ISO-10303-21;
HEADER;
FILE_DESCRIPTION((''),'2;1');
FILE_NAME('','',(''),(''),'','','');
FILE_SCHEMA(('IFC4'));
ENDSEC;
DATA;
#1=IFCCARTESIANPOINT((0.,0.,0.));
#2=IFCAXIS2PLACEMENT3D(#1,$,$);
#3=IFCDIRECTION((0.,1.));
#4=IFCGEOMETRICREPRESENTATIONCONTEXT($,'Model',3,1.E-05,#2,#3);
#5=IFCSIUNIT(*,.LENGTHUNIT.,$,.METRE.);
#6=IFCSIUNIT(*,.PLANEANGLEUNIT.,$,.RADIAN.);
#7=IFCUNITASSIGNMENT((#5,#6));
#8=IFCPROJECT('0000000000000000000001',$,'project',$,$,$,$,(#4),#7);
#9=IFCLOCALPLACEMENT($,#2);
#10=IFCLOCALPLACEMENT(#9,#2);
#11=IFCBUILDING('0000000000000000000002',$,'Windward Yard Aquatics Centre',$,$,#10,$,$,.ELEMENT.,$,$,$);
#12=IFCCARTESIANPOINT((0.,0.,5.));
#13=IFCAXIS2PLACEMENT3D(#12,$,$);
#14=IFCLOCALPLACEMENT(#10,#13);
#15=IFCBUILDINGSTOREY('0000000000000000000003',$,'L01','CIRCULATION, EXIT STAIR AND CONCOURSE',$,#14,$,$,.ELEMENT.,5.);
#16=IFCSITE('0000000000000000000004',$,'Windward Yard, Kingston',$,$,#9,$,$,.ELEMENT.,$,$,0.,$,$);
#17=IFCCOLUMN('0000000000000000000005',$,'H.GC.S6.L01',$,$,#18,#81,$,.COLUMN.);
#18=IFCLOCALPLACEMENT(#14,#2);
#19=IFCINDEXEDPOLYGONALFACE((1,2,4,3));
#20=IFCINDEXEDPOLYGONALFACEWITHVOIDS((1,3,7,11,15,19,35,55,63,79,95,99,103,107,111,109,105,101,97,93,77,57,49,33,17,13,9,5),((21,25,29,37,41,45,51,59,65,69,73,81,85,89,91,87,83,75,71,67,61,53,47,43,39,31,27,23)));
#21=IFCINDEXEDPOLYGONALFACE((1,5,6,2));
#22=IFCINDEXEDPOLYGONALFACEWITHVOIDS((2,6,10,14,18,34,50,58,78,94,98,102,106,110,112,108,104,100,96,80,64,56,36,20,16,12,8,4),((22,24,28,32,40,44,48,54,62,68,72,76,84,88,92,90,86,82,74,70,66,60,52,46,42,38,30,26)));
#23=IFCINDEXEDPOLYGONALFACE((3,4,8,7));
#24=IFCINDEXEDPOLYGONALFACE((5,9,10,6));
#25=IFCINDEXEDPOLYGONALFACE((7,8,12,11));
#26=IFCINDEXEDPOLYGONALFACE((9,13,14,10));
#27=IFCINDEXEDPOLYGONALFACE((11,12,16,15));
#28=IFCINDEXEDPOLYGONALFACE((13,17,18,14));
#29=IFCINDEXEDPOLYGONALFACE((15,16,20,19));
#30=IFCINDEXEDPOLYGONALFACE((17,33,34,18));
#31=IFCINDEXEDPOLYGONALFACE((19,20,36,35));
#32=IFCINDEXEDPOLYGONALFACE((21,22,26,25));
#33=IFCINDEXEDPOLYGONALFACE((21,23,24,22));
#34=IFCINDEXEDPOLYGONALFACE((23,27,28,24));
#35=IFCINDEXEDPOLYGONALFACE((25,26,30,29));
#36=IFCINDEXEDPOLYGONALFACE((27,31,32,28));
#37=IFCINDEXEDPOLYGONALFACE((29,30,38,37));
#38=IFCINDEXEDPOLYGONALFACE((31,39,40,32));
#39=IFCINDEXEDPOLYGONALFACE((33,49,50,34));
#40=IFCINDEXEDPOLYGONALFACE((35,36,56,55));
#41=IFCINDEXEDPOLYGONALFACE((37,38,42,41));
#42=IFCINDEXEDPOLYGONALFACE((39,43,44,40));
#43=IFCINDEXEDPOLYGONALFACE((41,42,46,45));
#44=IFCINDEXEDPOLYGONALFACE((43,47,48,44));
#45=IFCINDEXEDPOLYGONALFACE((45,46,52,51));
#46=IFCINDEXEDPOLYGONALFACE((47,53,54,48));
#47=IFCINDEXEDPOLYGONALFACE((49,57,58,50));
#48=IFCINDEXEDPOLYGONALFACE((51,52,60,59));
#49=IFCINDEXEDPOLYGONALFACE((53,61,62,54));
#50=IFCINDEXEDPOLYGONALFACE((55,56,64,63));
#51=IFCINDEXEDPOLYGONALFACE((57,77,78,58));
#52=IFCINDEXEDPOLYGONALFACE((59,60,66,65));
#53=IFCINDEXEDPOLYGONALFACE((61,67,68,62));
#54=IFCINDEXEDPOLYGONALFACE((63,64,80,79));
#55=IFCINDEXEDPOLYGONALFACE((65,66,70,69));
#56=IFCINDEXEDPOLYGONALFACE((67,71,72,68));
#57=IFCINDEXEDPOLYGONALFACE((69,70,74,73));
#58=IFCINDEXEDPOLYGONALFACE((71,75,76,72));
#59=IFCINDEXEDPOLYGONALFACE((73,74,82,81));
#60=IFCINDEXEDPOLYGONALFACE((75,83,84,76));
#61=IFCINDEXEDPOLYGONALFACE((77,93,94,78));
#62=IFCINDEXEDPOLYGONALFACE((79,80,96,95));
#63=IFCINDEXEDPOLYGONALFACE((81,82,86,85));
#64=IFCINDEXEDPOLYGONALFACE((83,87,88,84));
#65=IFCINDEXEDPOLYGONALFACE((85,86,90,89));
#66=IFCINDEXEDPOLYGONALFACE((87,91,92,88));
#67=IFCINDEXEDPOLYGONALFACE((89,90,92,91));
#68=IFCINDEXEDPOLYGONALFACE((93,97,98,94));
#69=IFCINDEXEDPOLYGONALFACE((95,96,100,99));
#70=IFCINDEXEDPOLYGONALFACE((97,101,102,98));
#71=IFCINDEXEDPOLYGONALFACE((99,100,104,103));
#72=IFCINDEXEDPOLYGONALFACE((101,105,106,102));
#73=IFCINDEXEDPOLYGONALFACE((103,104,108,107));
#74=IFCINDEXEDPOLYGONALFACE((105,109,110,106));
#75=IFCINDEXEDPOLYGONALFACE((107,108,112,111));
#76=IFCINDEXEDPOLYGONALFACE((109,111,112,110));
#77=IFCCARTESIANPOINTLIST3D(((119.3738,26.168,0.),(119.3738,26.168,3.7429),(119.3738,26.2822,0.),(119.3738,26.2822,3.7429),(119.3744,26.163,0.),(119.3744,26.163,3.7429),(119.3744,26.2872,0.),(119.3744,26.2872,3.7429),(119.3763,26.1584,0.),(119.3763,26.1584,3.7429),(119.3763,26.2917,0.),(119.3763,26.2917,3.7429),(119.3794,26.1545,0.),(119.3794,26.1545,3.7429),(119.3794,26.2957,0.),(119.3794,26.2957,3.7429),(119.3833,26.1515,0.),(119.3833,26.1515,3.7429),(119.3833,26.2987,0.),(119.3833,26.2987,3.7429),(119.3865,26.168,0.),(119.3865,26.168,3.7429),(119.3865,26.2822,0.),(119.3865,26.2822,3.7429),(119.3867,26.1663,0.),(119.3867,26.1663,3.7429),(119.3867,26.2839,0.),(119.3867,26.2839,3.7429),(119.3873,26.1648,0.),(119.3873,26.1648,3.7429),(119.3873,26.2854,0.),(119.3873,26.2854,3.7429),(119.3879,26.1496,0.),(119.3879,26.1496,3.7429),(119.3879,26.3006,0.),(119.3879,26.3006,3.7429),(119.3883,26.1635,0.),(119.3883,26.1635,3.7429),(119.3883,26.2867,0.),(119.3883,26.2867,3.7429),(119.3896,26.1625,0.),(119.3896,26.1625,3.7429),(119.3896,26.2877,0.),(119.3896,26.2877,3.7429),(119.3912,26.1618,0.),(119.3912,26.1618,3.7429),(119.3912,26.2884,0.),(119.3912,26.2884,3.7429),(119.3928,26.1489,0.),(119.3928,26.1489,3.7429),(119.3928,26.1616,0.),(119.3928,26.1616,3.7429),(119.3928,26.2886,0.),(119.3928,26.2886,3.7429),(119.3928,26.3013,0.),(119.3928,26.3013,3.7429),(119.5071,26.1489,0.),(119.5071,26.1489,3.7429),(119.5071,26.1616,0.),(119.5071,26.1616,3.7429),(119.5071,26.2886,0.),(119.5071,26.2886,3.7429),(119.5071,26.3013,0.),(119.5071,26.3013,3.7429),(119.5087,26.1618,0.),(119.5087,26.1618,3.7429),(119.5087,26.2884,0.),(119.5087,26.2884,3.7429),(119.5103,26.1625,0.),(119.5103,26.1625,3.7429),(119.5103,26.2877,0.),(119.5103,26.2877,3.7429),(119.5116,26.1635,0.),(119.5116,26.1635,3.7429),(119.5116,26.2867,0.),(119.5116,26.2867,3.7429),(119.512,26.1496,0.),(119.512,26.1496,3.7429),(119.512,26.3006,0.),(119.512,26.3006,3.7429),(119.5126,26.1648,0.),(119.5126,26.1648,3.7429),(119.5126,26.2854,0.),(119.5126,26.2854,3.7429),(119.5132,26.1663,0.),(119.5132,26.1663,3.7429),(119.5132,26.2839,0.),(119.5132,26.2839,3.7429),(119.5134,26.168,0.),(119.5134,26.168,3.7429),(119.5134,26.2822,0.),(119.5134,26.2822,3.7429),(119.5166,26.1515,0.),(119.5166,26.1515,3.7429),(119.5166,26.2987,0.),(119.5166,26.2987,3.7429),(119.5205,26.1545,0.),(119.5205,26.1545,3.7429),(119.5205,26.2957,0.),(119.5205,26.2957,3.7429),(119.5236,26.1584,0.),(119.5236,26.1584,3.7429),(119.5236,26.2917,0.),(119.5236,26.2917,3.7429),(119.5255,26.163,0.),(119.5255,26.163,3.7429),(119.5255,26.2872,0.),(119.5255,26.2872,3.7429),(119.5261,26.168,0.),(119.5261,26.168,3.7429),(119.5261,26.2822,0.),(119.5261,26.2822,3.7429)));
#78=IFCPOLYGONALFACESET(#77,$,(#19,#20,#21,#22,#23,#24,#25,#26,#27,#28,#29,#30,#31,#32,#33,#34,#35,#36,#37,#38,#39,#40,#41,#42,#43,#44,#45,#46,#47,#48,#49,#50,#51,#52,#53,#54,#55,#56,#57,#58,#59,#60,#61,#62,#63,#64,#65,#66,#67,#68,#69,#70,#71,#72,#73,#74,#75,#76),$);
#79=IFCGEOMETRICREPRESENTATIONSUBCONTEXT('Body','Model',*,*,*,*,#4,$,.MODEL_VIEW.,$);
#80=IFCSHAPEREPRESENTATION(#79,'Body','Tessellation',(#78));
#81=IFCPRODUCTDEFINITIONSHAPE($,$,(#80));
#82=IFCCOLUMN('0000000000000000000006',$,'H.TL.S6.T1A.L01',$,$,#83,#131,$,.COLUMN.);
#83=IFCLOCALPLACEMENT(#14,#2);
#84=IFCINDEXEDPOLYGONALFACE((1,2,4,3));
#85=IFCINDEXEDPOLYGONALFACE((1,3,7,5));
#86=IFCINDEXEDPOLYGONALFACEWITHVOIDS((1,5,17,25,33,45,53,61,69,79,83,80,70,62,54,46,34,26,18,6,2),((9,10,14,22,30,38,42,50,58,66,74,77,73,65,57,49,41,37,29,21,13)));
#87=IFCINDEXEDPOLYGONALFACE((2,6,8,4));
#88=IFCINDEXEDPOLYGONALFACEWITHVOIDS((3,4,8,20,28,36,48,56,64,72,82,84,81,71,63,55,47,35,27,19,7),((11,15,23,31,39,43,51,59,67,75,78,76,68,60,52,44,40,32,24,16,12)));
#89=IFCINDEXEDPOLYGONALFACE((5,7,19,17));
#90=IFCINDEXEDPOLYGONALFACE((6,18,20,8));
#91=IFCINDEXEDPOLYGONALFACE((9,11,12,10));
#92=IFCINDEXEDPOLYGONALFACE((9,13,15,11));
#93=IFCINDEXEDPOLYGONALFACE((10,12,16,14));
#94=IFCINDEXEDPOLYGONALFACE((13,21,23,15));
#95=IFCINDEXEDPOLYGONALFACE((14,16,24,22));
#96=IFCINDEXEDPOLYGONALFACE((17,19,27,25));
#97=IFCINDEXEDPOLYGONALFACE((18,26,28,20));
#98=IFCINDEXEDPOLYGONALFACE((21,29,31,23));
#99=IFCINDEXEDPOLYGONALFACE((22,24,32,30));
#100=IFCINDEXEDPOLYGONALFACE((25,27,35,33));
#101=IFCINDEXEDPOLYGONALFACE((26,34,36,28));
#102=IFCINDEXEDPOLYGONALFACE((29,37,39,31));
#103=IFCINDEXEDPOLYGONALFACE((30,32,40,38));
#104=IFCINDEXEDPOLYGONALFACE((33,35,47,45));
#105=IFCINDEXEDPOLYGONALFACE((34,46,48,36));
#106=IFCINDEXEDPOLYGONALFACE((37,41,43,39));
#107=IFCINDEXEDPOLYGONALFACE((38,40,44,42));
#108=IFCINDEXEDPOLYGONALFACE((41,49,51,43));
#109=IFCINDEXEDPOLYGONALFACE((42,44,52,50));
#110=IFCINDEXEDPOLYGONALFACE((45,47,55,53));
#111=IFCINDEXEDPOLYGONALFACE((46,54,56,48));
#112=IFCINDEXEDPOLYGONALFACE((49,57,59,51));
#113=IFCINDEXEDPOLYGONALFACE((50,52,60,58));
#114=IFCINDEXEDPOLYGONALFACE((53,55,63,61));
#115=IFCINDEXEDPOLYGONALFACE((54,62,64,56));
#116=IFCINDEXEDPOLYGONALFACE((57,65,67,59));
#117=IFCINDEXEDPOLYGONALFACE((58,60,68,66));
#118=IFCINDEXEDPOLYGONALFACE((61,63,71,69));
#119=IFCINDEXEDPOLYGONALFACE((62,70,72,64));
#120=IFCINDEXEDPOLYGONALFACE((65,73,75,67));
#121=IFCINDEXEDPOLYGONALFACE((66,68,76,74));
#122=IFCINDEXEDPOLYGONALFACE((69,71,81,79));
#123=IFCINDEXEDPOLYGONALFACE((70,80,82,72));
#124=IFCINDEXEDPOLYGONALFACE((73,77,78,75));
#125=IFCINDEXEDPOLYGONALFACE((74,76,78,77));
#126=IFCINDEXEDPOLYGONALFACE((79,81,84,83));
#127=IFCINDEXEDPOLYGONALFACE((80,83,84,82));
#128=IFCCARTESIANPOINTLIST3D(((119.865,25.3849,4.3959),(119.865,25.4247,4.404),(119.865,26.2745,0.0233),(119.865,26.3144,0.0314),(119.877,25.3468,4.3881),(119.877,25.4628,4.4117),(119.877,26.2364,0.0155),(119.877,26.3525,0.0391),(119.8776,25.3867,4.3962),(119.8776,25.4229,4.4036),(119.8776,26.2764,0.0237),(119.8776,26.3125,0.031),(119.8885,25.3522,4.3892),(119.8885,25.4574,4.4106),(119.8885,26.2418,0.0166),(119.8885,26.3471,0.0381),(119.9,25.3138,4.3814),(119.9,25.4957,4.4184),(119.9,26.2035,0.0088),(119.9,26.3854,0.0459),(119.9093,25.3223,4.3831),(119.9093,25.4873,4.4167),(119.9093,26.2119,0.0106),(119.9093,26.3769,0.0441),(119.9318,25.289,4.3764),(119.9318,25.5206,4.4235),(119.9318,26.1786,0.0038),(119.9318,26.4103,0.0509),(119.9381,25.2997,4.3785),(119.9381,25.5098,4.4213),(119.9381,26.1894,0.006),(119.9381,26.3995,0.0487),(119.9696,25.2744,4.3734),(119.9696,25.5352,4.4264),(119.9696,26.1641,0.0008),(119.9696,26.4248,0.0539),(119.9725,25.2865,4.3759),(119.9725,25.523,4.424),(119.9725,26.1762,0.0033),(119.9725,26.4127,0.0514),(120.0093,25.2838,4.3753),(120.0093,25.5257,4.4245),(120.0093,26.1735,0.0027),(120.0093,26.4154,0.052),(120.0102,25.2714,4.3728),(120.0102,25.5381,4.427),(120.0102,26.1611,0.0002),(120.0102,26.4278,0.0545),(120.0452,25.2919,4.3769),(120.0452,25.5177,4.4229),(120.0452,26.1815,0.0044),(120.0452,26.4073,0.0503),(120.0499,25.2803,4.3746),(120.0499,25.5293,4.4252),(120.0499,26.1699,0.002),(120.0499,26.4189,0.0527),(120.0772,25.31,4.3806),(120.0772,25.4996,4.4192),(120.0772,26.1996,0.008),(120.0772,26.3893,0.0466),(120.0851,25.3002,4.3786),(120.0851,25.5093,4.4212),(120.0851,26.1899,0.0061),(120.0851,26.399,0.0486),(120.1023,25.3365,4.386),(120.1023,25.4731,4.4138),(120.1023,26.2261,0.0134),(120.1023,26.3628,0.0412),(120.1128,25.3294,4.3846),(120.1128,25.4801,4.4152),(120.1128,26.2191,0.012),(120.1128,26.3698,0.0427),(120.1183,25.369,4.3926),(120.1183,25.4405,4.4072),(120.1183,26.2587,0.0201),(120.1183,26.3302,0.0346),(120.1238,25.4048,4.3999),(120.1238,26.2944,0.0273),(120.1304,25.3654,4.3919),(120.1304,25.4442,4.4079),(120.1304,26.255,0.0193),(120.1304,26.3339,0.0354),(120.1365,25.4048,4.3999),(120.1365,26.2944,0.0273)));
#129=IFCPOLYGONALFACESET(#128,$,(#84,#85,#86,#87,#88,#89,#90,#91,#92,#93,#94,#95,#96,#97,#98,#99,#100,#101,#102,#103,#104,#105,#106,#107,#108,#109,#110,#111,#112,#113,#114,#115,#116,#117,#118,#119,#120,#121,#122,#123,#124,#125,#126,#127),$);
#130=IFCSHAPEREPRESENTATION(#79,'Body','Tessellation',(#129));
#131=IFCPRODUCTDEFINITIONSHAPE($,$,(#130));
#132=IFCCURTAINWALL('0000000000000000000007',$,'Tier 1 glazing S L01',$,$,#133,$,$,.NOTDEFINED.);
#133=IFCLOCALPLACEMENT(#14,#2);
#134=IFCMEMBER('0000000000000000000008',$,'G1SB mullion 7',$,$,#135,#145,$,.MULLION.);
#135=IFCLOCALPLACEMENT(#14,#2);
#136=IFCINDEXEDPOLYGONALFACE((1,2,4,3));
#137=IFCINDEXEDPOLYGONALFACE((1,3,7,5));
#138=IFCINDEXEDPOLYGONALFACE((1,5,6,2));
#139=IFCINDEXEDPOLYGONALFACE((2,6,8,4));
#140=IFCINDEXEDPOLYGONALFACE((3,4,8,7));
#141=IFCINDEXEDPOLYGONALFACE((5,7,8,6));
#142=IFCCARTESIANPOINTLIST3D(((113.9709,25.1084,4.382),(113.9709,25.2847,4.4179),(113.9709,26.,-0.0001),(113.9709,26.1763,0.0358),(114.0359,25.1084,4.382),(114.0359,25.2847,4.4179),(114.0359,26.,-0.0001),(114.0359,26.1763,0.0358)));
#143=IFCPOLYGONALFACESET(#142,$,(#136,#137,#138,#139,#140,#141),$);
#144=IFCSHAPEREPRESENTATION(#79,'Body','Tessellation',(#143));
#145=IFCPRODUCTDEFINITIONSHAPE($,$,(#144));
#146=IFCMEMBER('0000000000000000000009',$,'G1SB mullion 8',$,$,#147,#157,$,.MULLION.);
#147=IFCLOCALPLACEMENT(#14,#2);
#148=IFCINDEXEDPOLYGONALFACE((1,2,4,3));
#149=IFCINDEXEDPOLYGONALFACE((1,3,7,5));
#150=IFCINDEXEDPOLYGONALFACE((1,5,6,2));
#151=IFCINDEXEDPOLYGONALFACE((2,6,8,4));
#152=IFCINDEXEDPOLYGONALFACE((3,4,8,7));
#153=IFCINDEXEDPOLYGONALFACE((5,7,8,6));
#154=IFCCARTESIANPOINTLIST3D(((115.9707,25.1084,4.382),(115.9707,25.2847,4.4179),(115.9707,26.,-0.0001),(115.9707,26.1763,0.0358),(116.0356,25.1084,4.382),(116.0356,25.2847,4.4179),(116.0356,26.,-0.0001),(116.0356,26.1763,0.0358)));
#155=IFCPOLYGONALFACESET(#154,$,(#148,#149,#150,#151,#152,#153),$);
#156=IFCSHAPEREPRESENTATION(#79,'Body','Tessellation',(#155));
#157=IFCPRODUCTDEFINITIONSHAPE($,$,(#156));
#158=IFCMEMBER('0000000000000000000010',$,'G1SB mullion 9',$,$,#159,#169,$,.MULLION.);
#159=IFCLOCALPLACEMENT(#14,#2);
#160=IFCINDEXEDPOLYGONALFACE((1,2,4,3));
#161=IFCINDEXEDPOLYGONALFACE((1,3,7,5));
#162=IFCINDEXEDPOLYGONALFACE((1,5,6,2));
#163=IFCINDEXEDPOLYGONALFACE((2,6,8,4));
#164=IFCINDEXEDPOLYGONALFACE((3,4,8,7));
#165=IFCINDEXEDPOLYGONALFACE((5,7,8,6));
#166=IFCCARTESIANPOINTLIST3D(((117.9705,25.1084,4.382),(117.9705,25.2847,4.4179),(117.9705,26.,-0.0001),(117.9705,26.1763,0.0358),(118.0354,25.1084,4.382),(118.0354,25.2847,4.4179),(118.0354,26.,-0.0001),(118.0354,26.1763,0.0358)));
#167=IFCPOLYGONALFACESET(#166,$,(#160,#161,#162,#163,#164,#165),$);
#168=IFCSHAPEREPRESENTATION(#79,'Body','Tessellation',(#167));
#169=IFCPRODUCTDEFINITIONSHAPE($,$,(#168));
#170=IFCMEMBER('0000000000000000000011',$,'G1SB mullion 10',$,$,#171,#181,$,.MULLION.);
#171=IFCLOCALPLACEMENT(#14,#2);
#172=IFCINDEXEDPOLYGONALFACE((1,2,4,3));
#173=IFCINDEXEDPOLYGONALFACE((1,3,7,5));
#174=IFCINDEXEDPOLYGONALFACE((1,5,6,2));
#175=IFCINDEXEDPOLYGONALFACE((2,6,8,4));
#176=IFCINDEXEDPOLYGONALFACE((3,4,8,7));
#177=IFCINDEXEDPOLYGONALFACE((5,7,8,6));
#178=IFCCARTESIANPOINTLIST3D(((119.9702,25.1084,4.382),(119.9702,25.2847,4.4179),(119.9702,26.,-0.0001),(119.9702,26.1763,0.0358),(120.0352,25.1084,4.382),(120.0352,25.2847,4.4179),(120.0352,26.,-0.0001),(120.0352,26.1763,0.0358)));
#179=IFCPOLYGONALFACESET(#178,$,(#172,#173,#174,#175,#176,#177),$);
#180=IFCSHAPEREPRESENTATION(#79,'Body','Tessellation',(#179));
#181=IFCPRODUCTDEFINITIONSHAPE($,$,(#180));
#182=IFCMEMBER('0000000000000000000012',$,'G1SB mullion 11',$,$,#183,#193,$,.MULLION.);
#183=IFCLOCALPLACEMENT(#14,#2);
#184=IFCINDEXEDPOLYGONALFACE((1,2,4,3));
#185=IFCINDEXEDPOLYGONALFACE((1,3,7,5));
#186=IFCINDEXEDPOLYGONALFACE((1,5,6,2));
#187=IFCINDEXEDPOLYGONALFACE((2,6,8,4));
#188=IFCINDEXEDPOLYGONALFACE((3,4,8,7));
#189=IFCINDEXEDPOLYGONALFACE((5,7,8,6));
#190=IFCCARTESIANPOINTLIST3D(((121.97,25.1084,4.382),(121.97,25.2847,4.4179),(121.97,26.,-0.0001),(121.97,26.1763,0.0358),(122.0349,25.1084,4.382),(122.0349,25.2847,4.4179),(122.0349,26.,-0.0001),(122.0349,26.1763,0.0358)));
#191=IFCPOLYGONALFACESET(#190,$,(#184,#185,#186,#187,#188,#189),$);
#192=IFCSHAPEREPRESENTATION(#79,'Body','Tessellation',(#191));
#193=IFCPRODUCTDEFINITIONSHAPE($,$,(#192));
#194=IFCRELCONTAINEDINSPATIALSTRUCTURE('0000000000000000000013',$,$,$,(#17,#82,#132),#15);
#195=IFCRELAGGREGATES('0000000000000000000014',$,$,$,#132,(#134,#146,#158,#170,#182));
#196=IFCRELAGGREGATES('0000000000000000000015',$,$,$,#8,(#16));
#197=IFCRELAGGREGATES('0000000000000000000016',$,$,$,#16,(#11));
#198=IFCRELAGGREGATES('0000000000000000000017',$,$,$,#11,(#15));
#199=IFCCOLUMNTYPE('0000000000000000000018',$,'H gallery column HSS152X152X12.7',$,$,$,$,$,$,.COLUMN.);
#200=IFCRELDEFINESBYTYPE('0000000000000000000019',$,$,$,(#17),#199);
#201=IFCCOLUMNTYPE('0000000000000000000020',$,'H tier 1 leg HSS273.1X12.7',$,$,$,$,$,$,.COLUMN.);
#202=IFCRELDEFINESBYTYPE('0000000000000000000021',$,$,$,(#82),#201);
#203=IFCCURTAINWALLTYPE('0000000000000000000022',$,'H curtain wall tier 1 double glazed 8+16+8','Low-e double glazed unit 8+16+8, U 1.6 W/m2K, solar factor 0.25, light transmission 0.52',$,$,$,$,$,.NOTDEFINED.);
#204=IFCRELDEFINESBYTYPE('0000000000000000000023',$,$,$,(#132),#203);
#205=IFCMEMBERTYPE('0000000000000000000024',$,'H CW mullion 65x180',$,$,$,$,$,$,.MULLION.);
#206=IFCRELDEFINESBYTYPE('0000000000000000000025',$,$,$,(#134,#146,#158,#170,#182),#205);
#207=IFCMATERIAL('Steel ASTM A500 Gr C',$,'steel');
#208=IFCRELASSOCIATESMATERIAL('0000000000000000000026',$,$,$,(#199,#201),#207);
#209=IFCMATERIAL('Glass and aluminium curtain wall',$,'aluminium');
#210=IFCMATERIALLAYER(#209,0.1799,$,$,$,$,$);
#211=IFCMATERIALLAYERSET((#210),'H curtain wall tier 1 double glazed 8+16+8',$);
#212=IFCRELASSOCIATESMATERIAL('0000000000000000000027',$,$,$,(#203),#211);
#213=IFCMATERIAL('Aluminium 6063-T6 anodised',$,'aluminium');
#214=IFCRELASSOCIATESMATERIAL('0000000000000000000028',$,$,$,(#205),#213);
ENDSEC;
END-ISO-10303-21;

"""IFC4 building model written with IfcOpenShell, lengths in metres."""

from ifc_helpers import new_model, si_unit, direction, frame, origin, origin_2d, place, context, subcontext, project, spatial, rectangle, hollow_rectangle, hollow_circle, extrude, material, layer, layer_set, material_profile, profile_set, type_object, element, aggregate, save


model = new_model("IFC4")

# Units and contexts
model_context = context("Model", 3, precision=1e-05, world=origin(), true_north=direction((0.0, 1.0)))
body_context = subcontext(model_context, "Body", "Model", "MODEL_VIEW")
ifc_project = project(units=[si_unit("LENGTHUNIT", "METRE"), si_unit("PLANEANGLEUNIT", "RADIAN")], contexts=[model_context])

# Site, building, storey
site_placement = place(None, origin())
site = spatial("IfcSite", under=ifc_project, at=site_placement, Name="Windward Yard, Kingston", CompositionType="ELEMENT", RefElevation=0.0)
building_placement = place(site_placement, origin())
building = spatial("IfcBuilding", under=site, at=building_placement, Name="Windward Yard Aquatics Centre", CompositionType="ELEMENT")
storey_placement = place(building_placement, frame((0.0, 0.0, 5.0)))
storey = spatial("IfcBuildingStorey", under=building, at=storey_placement, Name="L01", Description="CIRCULATION, EXIT STAIR AND CONCOURSE", CompositionType="ELEMENT", Elevation=5.0)

# Columns
ifc_material_1 = material(Name="Steel ASTM A500 Gr C", Category="steel")
ifc_material_profile_1 = material_profile(ifc_material_1, hollow_rectangle(XDim=0.1523, YDim=0.1523, WallThickness=0.0127, InnerFilletRadius=0.0063, OuterFilletRadius=0.019, at=origin_2d()), Name="HSS152X152X12.7")
ifc_profile_set_1 = profile_set([ifc_material_profile_1], Name="Steel ASTM A500 Gr C")
column_type_1 = type_object("IfcColumnType", Name="H gallery column HSS152X152X12.7", PredefinedType="COLUMN", material=ifc_profile_set_1)
column_1_placement = place(storey_placement, frame((119.45, 26.2251, 0.0), z_axis=(0.0, 0.0, 1.0), x_axis=(1.0, 0.0, 0.0)))
element("IfcColumn", 1, at=column_1_placement, inside=storey, type_object=column_type_1, Name="H.GC.S6.L01", PredefinedType="COLUMN", context=body_context, shape_type="SweptSolid", body=[
    extrude(hollow_rectangle(XDim=0.1523, YDim=0.1523, WallThickness=0.0127, InnerFilletRadius=0.0063, OuterFilletRadius=0.019, at=origin_2d()), origin(), (0.0, 0.0, 1.0), 3.7429),
])
ifc_material_profile_2 = material_profile(ifc_material_1, hollow_circle(Radius=0.1365, WallThickness=0.0127, at=origin_2d()), Name="HSS273.1X12.7")
ifc_profile_set_2 = profile_set([ifc_material_profile_2], Name="Steel ASTM A500 Gr C")
column_type_2 = type_object("IfcColumnType", Name="H tier 1 leg HSS273.1X12.7", PredefinedType="COLUMN", material=ifc_profile_set_2)
column_2_placement = place(storey_placement, frame((120.0, 26.2944, 0.0273), z_axis=(0.0, -0.199377, 0.979923), x_axis=(1.0, 0.0, 0.0)))
element("IfcColumn", 2, at=column_2_placement, inside=storey, type_object=column_type_2, Name="H.TL.S6.T1A.L01", PredefinedType="COLUMN", context=body_context, shape_type="SweptSolid", body=[
    extrude(hollow_circle(Radius=0.1365, WallThickness=0.0127, at=origin_2d()), origin(), (0.0, 0.0, 1.0), 4.4622),
])

# Curtain wall, members
ifc_material_2 = material(Name="Glass and aluminium curtain wall", Category="aluminium")
ifc_layer_1 = layer(ifc_material_2, 0.1799)
ifc_layer_set_1 = layer_set([ifc_layer_1], Name="H curtain wall tier 1 double glazed 8+16+8")
curtain_wall_type = type_object("IfcCurtainWallType", Name="H curtain wall tier 1 double glazed 8+16+8", Description="Low-e double glazed unit 8+16+8, U 1.6 W/m2K, solar factor 0.25, light transmission 0.52", PredefinedType="NOTDEFINED", material=ifc_layer_set_1)
curtain_wall_placement = place(storey_placement, origin())
curtain_wall = element("IfcCurtainWall", 3, at=curtain_wall_placement, inside=storey, type_object=curtain_wall_type, Name="Tier 1 glazing S L01", PredefinedType="NOTDEFINED")
ifc_material_3 = material(Name="Aluminium 6063-T6 anodised", Category="aluminium")
ifc_material_profile_3 = material_profile(ifc_material_3, rectangle(XDim=0.0649, YDim=0.1799, at=origin_2d()), Name="H CW mullion 65x180")
ifc_profile_set_3 = profile_set([ifc_material_profile_3], Name="Aluminium 6063-T6 anodised")
member_type_1 = type_object("IfcMemberType", Name="H CW mullion 65x180", PredefinedType="MULLION", material=ifc_profile_set_3)
member_1_placement = place(storey_placement, frame((114.0034, 26.0881, 0.0178), z_axis=(0.0, -0.19938, 0.979922), x_axis=(1.0, 0.0, 0.0)))
member_1 = element("IfcMember", 4, at=member_1_placement, type_object=member_type_1, Name="G1SB mullion 7", PredefinedType="MULLION", context=body_context, shape_type="SweptSolid", body=[
    extrude(rectangle(XDim=0.0649, YDim=0.1799, at=origin_2d()), origin(), (0.0, 0.0, 1.0), 4.4719),
])
member_2_placement = place(storey_placement, frame((116.0032, 26.0881, 0.0178), z_axis=(0.0, -0.19938, 0.979922), x_axis=(1.0, 0.0, 0.0)))
member_2 = element("IfcMember", 5, at=member_2_placement, type_object=member_type_1, Name="G1SB mullion 8", PredefinedType="MULLION", context=body_context, shape_type="SweptSolid", body=[
    extrude(rectangle(XDim=0.0649, YDim=0.1799, at=origin_2d()), origin(), (0.0, 0.0, 1.0), 4.4719),
])
member_3_placement = place(storey_placement, frame((118.0029, 26.0881, 0.0178), z_axis=(0.0, -0.19938, 0.979922), x_axis=(1.0, 0.0, 0.0)))
member_3 = element("IfcMember", 6, at=member_3_placement, type_object=member_type_1, Name="G1SB mullion 9", PredefinedType="MULLION", context=body_context, shape_type="SweptSolid", body=[
    extrude(rectangle(XDim=0.0649, YDim=0.1799, at=origin_2d()), origin(), (0.0, 0.0, 1.0), 4.4719),
])
member_4_placement = place(storey_placement, frame((120.0027, 26.0881, 0.0178), z_axis=(0.0, -0.19938, 0.979922), x_axis=(1.0, 0.0, 0.0)))
member_4 = element("IfcMember", 7, at=member_4_placement, type_object=member_type_1, Name="G1SB mullion 10", PredefinedType="MULLION", context=body_context, shape_type="SweptSolid", body=[
    extrude(rectangle(XDim=0.0649, YDim=0.1799, at=origin_2d()), origin(), (0.0, 0.0, 1.0), 4.4719),
])
member_5_placement = place(storey_placement, frame((122.0024, 26.0881, 0.0178), z_axis=(0.0, -0.19938, 0.979922), x_axis=(1.0, 0.0, 0.0)))
member_5 = element("IfcMember", 8, at=member_5_placement, type_object=member_type_1, Name="G1SB mullion 11", PredefinedType="MULLION", context=body_context, shape_type="SweptSolid", body=[
    extrude(rectangle(XDim=0.0649, YDim=0.1799, at=origin_2d()), origin(), (0.0, 0.0, 1.0), 4.4719),
])
aggregate(curtain_wall, [member_1, member_2, member_3, member_4, member_5])

save(model, "model.ifc")
